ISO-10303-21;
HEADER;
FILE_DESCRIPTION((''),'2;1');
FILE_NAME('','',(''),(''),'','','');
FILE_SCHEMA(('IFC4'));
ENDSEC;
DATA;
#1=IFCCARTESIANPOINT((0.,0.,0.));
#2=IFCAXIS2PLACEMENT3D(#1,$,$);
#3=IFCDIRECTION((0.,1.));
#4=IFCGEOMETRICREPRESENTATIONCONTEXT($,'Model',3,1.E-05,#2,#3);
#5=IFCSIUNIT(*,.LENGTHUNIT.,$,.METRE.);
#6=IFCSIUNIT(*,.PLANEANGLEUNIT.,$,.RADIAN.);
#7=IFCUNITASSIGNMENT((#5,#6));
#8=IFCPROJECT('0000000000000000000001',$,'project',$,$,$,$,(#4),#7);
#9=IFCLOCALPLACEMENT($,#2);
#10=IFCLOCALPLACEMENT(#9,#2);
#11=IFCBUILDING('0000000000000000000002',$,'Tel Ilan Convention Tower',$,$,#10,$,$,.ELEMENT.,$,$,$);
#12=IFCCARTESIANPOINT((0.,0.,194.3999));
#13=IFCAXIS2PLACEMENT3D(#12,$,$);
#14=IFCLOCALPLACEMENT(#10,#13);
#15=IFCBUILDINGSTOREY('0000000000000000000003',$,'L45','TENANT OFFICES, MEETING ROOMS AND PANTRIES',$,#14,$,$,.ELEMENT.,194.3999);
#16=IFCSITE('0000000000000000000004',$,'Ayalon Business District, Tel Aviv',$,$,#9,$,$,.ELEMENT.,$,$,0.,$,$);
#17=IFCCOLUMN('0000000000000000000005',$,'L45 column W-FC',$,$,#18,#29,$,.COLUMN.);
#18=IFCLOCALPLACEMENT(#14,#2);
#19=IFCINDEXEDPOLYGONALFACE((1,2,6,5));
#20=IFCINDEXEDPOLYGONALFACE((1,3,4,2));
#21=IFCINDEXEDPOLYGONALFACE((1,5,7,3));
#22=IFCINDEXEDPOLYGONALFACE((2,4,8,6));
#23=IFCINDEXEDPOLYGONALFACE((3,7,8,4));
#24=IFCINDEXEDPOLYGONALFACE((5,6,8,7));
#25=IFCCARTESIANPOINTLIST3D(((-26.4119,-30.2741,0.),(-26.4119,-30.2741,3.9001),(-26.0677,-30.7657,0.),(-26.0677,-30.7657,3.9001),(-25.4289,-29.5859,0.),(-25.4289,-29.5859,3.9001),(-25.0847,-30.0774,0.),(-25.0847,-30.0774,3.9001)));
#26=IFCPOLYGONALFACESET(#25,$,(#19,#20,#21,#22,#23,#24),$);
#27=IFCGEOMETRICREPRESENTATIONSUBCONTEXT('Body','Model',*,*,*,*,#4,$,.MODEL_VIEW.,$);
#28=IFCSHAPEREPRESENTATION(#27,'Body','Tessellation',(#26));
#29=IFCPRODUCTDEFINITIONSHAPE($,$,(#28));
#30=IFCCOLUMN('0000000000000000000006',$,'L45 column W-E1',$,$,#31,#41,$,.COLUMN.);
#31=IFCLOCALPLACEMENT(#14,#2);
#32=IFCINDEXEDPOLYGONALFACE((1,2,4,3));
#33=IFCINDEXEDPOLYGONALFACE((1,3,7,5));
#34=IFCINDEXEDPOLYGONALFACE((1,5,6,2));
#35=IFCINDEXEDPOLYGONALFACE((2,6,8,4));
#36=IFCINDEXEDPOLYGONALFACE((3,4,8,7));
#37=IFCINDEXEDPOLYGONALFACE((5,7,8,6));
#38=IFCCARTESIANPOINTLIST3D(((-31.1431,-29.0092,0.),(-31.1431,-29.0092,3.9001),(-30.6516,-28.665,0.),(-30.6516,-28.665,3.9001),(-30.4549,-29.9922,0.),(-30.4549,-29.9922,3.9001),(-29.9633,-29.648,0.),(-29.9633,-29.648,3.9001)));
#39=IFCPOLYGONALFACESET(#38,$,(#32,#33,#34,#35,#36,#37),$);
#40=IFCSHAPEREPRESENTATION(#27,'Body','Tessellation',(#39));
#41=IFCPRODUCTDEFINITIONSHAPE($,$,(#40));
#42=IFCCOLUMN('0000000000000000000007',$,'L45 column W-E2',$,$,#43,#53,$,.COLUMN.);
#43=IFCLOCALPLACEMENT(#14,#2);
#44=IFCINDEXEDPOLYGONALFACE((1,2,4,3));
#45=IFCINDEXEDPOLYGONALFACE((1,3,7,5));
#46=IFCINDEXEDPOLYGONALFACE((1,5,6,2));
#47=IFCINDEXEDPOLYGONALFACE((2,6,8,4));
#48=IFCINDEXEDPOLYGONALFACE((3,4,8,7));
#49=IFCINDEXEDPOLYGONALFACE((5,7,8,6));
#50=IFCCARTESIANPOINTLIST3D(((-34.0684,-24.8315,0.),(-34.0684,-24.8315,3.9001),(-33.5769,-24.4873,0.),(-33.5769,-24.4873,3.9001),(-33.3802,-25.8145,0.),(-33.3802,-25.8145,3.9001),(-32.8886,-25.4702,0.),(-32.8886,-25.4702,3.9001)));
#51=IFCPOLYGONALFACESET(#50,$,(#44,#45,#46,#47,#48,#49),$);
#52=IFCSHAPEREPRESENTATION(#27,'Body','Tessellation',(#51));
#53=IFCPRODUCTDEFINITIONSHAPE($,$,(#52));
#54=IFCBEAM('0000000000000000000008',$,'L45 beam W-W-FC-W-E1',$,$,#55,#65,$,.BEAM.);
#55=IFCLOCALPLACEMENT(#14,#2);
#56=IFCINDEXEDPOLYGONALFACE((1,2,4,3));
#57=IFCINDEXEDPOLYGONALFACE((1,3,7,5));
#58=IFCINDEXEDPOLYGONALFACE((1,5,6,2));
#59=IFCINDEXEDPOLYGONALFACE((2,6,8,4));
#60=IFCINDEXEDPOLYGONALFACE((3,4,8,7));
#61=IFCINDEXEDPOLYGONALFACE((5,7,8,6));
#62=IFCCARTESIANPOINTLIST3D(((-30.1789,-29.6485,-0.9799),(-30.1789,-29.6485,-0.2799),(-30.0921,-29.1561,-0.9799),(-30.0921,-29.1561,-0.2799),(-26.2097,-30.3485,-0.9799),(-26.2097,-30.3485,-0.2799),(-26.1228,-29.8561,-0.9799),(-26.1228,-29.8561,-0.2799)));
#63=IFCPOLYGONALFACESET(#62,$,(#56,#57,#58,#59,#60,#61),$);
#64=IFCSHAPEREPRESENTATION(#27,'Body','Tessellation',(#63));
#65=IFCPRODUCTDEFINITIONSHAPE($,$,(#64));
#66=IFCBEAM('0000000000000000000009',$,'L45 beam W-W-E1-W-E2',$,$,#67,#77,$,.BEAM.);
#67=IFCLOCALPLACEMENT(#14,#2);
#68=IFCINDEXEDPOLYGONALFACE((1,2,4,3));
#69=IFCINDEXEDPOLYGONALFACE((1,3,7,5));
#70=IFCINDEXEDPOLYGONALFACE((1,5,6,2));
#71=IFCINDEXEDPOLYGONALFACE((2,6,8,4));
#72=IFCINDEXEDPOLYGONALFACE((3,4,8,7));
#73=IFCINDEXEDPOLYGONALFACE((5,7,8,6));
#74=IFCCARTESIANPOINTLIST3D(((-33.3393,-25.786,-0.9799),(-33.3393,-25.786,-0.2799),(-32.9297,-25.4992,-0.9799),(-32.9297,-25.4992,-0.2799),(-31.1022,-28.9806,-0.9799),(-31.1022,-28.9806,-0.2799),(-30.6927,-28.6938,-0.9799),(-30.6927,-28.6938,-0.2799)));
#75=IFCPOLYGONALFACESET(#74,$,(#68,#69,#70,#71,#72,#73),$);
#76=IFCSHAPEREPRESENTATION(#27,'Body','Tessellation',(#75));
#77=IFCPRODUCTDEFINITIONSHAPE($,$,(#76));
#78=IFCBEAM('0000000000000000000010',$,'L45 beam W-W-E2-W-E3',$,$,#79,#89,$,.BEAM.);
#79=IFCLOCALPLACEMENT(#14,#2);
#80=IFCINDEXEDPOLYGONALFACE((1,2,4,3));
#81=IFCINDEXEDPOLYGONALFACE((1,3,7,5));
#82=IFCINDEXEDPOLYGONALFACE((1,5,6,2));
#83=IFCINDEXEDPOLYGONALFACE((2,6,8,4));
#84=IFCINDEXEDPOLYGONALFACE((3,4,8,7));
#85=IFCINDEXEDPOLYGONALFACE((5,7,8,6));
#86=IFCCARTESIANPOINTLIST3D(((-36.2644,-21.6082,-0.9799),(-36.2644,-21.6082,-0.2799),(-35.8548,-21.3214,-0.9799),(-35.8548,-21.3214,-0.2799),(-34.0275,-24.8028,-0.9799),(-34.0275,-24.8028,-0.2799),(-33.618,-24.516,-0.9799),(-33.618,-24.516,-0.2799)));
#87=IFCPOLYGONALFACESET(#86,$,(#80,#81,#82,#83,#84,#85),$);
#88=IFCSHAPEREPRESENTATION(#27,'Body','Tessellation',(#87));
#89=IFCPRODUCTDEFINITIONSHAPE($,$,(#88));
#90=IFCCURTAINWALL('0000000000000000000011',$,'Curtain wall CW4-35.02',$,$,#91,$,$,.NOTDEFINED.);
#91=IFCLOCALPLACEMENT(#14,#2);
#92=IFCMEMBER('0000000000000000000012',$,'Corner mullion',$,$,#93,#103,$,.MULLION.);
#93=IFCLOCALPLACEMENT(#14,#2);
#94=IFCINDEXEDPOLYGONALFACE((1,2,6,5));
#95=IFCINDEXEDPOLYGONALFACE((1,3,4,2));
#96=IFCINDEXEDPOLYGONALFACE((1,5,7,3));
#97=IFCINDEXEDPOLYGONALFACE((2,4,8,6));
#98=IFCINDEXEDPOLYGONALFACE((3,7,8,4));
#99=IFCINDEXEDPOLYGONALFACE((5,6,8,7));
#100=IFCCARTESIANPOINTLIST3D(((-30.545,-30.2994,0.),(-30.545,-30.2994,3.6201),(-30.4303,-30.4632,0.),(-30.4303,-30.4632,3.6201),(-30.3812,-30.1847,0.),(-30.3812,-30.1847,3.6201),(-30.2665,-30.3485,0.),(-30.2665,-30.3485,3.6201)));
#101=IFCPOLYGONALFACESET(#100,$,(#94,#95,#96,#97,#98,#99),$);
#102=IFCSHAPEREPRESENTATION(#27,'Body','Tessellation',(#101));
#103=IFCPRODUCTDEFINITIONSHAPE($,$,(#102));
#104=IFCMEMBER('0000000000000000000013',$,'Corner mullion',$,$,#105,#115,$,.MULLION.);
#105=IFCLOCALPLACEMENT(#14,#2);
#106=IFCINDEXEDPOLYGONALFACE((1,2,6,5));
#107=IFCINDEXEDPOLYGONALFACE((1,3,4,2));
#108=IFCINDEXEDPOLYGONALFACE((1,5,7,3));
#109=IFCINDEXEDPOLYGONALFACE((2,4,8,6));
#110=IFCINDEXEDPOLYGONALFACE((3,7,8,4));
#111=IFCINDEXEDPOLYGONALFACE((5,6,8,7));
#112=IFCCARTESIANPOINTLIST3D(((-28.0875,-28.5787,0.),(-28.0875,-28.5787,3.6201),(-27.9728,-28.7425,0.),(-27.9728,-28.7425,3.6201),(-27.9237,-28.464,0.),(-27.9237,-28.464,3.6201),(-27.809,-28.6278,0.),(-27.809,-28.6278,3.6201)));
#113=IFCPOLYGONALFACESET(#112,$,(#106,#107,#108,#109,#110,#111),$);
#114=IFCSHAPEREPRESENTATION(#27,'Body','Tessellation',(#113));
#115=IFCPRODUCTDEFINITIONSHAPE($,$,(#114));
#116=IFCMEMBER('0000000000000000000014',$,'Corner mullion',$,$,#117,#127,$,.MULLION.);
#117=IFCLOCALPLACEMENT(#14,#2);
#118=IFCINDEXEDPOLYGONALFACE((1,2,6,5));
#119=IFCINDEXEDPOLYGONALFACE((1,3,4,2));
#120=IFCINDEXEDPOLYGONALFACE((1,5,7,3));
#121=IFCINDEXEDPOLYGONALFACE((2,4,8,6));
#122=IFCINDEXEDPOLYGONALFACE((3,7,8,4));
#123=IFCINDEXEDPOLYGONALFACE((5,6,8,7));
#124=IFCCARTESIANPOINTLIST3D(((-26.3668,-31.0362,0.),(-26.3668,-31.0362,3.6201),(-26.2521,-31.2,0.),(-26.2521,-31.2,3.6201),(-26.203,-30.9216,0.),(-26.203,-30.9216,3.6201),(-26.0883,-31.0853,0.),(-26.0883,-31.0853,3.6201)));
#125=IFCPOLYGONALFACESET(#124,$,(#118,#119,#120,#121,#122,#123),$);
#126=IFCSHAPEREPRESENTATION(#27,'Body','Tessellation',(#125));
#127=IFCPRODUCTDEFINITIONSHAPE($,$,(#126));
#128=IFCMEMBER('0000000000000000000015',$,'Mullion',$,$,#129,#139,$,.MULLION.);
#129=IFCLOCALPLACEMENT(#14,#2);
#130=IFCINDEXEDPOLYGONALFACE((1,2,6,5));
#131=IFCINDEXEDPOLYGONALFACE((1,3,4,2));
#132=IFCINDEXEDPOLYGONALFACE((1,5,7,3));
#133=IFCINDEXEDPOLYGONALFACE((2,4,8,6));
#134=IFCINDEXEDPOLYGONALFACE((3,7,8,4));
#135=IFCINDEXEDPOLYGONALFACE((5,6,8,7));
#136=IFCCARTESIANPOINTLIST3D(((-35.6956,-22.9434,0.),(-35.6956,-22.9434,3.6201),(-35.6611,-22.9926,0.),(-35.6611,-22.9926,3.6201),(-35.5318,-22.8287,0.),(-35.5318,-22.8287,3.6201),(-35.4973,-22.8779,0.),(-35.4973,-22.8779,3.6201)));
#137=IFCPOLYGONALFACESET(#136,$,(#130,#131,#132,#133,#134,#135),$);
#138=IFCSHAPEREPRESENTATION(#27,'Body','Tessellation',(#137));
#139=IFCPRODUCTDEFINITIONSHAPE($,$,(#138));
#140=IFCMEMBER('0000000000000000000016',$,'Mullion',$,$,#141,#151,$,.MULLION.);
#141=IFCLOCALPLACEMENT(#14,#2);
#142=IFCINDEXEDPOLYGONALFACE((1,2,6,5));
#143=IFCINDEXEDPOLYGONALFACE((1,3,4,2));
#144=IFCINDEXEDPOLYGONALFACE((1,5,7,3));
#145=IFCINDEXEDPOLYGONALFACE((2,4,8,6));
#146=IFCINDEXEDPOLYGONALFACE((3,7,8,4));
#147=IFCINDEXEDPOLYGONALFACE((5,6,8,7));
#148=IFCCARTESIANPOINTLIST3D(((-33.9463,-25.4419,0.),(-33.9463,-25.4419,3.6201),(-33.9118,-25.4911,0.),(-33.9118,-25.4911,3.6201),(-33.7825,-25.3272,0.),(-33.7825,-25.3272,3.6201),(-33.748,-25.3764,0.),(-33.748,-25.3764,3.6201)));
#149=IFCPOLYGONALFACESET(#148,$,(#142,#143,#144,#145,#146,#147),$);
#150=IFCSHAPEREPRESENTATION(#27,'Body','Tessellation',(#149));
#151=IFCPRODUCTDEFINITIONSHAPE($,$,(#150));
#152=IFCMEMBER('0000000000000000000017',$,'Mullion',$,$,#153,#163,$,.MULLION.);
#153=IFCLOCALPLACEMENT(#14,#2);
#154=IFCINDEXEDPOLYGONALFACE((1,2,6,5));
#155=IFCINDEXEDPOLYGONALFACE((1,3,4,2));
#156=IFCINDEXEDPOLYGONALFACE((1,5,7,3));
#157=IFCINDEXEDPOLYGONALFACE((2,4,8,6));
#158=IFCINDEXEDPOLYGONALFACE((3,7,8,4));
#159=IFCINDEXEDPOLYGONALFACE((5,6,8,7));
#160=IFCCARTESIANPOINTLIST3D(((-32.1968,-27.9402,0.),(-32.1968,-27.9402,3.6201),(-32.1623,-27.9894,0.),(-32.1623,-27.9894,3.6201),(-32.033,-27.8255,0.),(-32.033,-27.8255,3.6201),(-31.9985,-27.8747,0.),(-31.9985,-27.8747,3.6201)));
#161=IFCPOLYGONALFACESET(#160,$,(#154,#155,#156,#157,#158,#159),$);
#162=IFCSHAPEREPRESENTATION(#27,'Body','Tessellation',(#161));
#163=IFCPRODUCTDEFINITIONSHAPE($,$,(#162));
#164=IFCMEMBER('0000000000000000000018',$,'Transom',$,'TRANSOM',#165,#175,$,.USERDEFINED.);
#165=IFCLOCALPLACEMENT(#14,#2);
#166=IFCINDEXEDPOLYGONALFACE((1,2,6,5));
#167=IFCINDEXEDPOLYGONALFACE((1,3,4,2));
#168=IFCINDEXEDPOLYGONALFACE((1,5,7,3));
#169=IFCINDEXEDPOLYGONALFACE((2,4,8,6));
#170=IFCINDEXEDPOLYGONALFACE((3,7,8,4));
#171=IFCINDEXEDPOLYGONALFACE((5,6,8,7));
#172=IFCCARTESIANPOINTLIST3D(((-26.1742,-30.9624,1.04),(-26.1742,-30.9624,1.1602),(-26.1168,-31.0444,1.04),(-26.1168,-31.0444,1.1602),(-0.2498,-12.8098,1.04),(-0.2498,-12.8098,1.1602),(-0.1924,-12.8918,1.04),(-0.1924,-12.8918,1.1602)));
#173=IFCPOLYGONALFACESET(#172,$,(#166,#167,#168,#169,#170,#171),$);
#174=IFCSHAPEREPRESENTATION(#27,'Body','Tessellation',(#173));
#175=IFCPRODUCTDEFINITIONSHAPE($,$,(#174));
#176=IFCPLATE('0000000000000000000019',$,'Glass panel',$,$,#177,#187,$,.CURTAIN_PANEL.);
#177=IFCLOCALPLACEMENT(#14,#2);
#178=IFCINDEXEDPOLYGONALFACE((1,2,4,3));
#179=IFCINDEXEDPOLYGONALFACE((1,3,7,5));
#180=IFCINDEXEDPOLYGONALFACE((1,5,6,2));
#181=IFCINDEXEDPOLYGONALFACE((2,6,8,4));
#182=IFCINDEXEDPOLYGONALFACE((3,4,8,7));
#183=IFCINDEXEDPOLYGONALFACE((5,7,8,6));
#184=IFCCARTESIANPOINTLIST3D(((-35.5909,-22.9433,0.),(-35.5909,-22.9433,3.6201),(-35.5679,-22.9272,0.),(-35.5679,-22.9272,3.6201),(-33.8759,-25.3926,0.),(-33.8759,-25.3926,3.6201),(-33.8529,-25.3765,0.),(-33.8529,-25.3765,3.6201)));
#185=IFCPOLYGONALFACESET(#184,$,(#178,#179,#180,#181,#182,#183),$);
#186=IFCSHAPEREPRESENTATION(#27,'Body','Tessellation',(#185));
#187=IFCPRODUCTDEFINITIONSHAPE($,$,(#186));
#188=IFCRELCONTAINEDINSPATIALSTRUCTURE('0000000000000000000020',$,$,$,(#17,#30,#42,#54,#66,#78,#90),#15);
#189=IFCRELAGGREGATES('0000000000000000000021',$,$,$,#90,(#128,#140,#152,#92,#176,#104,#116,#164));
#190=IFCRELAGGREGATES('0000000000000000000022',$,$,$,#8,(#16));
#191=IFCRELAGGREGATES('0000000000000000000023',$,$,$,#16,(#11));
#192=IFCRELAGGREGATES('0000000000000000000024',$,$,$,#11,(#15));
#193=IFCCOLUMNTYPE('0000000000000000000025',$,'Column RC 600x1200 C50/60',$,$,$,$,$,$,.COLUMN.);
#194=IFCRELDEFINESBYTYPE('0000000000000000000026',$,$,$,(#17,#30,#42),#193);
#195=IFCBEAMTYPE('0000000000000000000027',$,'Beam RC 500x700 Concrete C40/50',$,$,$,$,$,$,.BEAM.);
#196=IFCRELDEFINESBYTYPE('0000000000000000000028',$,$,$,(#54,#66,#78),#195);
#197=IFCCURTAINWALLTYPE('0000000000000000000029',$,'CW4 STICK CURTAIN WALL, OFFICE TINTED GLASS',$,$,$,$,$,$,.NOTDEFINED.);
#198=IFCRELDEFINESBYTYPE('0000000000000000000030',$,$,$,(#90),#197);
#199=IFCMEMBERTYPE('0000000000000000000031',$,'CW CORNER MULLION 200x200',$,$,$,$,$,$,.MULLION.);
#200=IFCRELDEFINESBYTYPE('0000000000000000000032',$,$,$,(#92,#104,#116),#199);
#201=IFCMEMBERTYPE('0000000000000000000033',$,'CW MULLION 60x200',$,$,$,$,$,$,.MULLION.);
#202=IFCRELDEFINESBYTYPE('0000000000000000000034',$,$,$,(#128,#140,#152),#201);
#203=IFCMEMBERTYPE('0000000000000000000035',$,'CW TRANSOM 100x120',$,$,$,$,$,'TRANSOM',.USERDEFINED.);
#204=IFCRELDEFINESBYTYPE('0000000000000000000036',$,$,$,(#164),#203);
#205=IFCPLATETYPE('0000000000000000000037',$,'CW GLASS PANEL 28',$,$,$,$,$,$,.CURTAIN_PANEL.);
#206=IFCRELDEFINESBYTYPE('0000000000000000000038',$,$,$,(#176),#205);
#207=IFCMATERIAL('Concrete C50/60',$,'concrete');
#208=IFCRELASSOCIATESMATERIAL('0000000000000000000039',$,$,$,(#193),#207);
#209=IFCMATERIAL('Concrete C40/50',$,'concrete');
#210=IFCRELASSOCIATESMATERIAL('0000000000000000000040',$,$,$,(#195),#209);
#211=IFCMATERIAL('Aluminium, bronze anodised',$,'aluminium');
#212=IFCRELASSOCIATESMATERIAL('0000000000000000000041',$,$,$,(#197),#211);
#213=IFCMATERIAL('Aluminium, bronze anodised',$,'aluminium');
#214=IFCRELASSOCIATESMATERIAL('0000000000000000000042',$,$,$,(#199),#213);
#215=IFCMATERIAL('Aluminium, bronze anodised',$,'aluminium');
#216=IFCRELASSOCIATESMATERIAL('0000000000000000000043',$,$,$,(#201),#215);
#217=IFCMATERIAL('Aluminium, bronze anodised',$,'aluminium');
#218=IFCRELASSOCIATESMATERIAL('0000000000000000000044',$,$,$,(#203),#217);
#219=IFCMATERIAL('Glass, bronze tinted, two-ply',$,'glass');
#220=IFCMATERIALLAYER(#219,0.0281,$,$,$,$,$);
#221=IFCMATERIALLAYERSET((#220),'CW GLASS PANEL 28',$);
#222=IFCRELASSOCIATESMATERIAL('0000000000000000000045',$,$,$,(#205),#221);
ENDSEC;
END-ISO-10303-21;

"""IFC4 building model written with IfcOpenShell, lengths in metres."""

from ifc_helpers import new_model, si_unit, direction, frame, origin, origin_2d, place, context, subcontext, project, spatial, rectangle, extrude, material, layer, layer_set, material_profile, profile_set, type_object, element, aggregate, save


model = new_model("IFC4")

# Units and contexts
model_context = context("Model", 3, precision=1e-05, world=origin(), true_north=direction((0.0, 1.0)))
body_context = subcontext(model_context, "Body", "Model", "MODEL_VIEW")
ifc_project = project(units=[si_unit("LENGTHUNIT", "METRE"), si_unit("PLANEANGLEUNIT", "RADIAN")], contexts=[model_context])

# Site, building, storey
site_placement = place(None, origin())
site = spatial("IfcSite", under=ifc_project, at=site_placement, Name="Ayalon Business District, Tel Aviv", CompositionType="ELEMENT", RefElevation=0.0)
building_placement = place(site_placement, origin())
building = spatial("IfcBuilding", under=site, at=building_placement, Name="Tel Ilan Convention Tower", CompositionType="ELEMENT")
storey_placement = place(building_placement, frame((0.0, 0.0, 194.3999)))
storey = spatial("IfcBuildingStorey", under=building, at=storey_placement, Name="L45", Description="TENANT OFFICES, MEETING ROOMS AND PANTRIES", CompositionType="ELEMENT", Elevation=194.3999)

# Columns
ifc_material_1 = material(Name="Concrete C50/60", Category="concrete")
ifc_material_profile_1 = material_profile(ifc_material_1, rectangle(XDim=1.2, YDim=0.6001, at=origin_2d()), Name="RC 600x1200")
ifc_profile_set_1 = profile_set([ifc_material_profile_1], Name="Concrete C50/60")
column_type = type_object("IfcColumnType", Name="Column RC 600x1200 C50/60", PredefinedType="COLUMN", material=ifc_profile_set_1)
for number, where, z_axis, x_axis, name in (
    (1, (-25.7483, -30.1758, 0.0), (0.0, 0.0, 1.0), (-0.819152, -0.573576, 0.0), "L45 column W-FC"),
    (2, (-30.5532, -29.3286, 0.0), (0.0, 0.0, 1.0), (-0.573576, 0.819152, 0.0), "L45 column W-E1"),
    (3, (-33.4785, -25.1509, 0.0), (0.0, 0.0, 1.0), (-0.573576, 0.819152, 0.0), "L45 column W-E2"),
):
    element("IfcColumn", number, at=place(storey_placement, frame(where, z_axis=z_axis, x_axis=x_axis)), inside=storey, type_object=column_type, Name=name, PredefinedType="COLUMN", context=body_context, shape_type="SweptSolid", body=[
        extrude(rectangle(XDim=1.2, YDim=0.6001, at=origin_2d()), origin(), (0.0, 0.0, 1.0), 3.9001),
    ])

# Beams
ifc_material_2 = material(Name="Concrete C40/50", Category="concrete")
ifc_material_profile_2 = material_profile(ifc_material_2, rectangle(XDim=0.5, YDim=0.7, at=origin_2d()), Name="RC 500x700")
ifc_profile_set_2 = profile_set([ifc_material_profile_2], Name="Concrete C40/50")
beam_type = type_object("IfcBeamType", Name="Beam RC 500x700 Concrete C40/50", PredefinedType="BEAM", material=ifc_profile_set_2)
beam_placement = place(storey_placement, frame((-26.1663, -30.1023, -0.6299), z_axis=(-0.984805, 0.173664, 0.0), x_axis=(-0.173664, -0.984805, 0.0)))
element("IfcBeam", 4, at=beam_placement, inside=storey, type_object=beam_type, Name="L45 beam W-W-FC-W-E1", PredefinedType="BEAM", context=body_context, shape_type="SweptSolid", body=[
    extrude(rectangle(XDim=0.5, YDim=0.7, at=origin_2d()), origin(), (0.0, 0.0, 1.0), 4.0305),
])
for number, where, z_axis, x_axis, name in (
    (5, (-30.8975, -28.8372, -0.6299), (-0.573609, 0.819129, 0.0), (-0.819129, -0.573609, 0.0), "L45 beam W-W-E1-W-E2"),
    (6, (-33.8228, -24.6594, -0.6299), (-0.573567, 0.819158, 0.0), (-0.819158, -0.573567, 0.0), "L45 beam W-W-E2-W-E3"),
):
    element("IfcBeam", number, at=place(storey_placement, frame(where, z_axis=z_axis, x_axis=x_axis)), inside=storey, type_object=beam_type, Name=name, PredefinedType="BEAM", context=body_context, shape_type="SweptSolid", body=[
        extrude(rectangle(XDim=0.5, YDim=0.7, at=origin_2d()), origin(), (0.0, 0.0, 1.0), 3.8999),
    ])

# Curtain wall, members, plate
ifc_material_3 = material(Name="Aluminium, bronze anodised", Category="aluminium")
curtain_wall_type = type_object("IfcCurtainWallType", Name="CW4 STICK CURTAIN WALL, OFFICE TINTED GLASS", PredefinedType="NOTDEFINED", material=ifc_material_3)
curtain_wall_placement = place(storey_placement, origin())
curtain_wall = element("IfcCurtainWall", 7, at=curtain_wall_placement, inside=storey, type_object=curtain_wall_type, Name="Curtain wall CW4-35.02", PredefinedType="NOTDEFINED")
ifc_material_4 = material(Name="Aluminium, bronze anodised", Category="aluminium")
ifc_material_profile_3 = material_profile(ifc_material_4, rectangle(XDim=0.2, YDim=0.2, at=origin_2d()), Name="CW CORNER MULLION 200x200")
ifc_profile_set_3 = profile_set([ifc_material_profile_3], Name="Aluminium, bronze anodised")
member_type_1 = type_object("IfcMemberType", Name="CW CORNER MULLION 200x200", PredefinedType="MULLION", material=ifc_profile_set_3)
member_1_placement = place(storey_placement, frame((-30.4058, -30.324, 0.0), z_axis=(0.0, 0.0, 1.0), x_axis=(0.573576, -0.819152, 0.0)))
member_1 = element("IfcMember", 8, at=member_1_placement, type_object=member_type_1, Name="Corner mullion", PredefinedType="MULLION", context=body_context, shape_type="SweptSolid", body=[
    extrude(rectangle(XDim=0.2, YDim=0.2, at=origin_2d()), origin(), (0.0, 0.0, 1.0), 3.6201),
])
member_2_placement = place(storey_placement, frame((-27.9482, -28.6033, 0.0), z_axis=(0.0, 0.0, 1.0), x_axis=(0.819152, 0.573576, 0.0)))
member_2 = element("IfcMember", 9, at=member_2_placement, type_object=member_type_1, Name="Corner mullion", PredefinedType="MULLION", context=body_context, shape_type="SweptSolid", body=[
    extrude(rectangle(XDim=0.2, YDim=0.2, at=origin_2d()), origin(), (0.0, 0.0, 1.0), 3.6201),
])
member_3_placement = place(storey_placement, frame((-26.2275, -31.0608, 0.0), z_axis=(0.0, 0.0, 1.0), x_axis=(0.573576, -0.819152, 0.0)))
member_3 = element("IfcMember", 10, at=member_3_placement, type_object=member_type_1, Name="Corner mullion", PredefinedType="MULLION", context=body_context, shape_type="SweptSolid", body=[
    extrude(rectangle(XDim=0.2, YDim=0.2, at=origin_2d()), origin(), (0.0, 0.0, 1.0), 3.6201),
])
ifc_material_5 = material(Name="Aluminium, bronze anodised", Category="aluminium")
ifc_material_profile_4 = material_profile(ifc_material_5, rectangle(XDim=0.0601, YDim=0.2, at=origin_2d()), Name="CW MULLION 60x200")
ifc_profile_set_4 = profile_set([ifc_material_profile_4], Name="Aluminium, bronze anodised")
member_type_2 = type_object("IfcMemberType", Name="CW MULLION 60x200", PredefinedType="MULLION", material=ifc_profile_set_4)
member_4_placement = place(storey_placement, frame((-35.5964, -22.9106, 0.0), z_axis=(0.0, 0.0, 1.0), x_axis=(0.573576, -0.819152, 0.0)))
member_4 = element("IfcMember", 11, at=member_4_placement, type_object=member_type_2, Name="Mullion", PredefinedType="MULLION", context=body_context, shape_type="SweptSolid", body=[
    extrude(rectangle(XDim=0.0601, YDim=0.2, at=origin_2d()), origin(), (0.0, 0.0, 1.0), 3.6201),
])
member_5_placement = place(storey_placement, frame((-33.8472, -25.4092, 0.0), z_axis=(0.0, 0.0, 1.0), x_axis=(0.573576, -0.819152, 0.0)))
member_5 = element("IfcMember", 12, at=member_5_placement, type_object=member_type_2, Name="Mullion", PredefinedType="MULLION", context=body_context, shape_type="SweptSolid", body=[
    extrude(rectangle(XDim=0.0601, YDim=0.2, at=origin_2d()), origin(), (0.0, 0.0, 1.0), 3.6201),
])
member_6_placement = place(storey_placement, frame((-32.0977, -27.9075, 0.0), z_axis=(0.0, 0.0, 1.0), x_axis=(0.573576, -0.819152, 0.0)))
member_6 = element("IfcMember", 13, at=member_6_placement, type_object=member_type_2, Name="Mullion", PredefinedType="MULLION", context=body_context, shape_type="SweptSolid", body=[
    extrude(rectangle(XDim=0.0601, YDim=0.2, at=origin_2d()), origin(), (0.0, 0.0, 1.0), 3.6201),
])
ifc_material_6 = material(Name="Aluminium, bronze anodised", Category="aluminium")
ifc_material_profile_5 = material_profile(ifc_material_6, rectangle(XDim=0.1001, YDim=0.1201, at=origin_2d()), Name="CW TRANSOM 100x120")
ifc_profile_set_5 = profile_set([ifc_material_profile_5], Name="Aluminium, bronze anodised")
member_type_3 = type_object("IfcMemberType", Name="CW TRANSOM 100x120", ElementType="TRANSOM", PredefinedType="USERDEFINED", material=ifc_profile_set_5)
member_7_placement = place(storey_placement, frame((-26.1455, -31.0034, 1.1001), z_axis=(0.819149, 0.57358, 0.0), x_axis=(-0.57358, 0.819149, 0.0)))
member_7 = element("IfcMember", 14, at=member_7_placement, type_object=member_type_3, Name="Transom", ObjectType="TRANSOM", PredefinedType="USERDEFINED", context=body_context, shape_type="SweptSolid", body=[
    extrude(rectangle(XDim=0.1001, YDim=0.1201, at=origin_2d()), origin(), (0.0, 0.0, 1.0), 31.6479),
])
ifc_material_7 = material(Name="Glass, bronze tinted, two-ply", Category="glass")
ifc_layer_1 = layer(ifc_material_7, 0.0281)
ifc_layer_set_1 = layer_set([ifc_layer_1], Name="CW GLASS PANEL 28")
plate_type = type_object("IfcPlateType", Name="CW GLASS PANEL 28", PredefinedType="CURTAIN_PANEL", material=ifc_layer_set_1)
plate_1_placement = place(storey_placement, frame((-34.7219, -24.1599, 0.0), z_axis=(0.0, 0.0, 1.0), x_axis=(0.573576, -0.819152, 0.0)))
plate_1 = element("IfcPlate", 15, at=plate_1_placement, type_object=plate_type, Name="Glass panel", PredefinedType="CURTAIN_PANEL", context=body_context, shape_type="SweptSolid", body=[
    extrude(rectangle(XDim=2.99, YDim=0.0281, at=origin_2d()), origin(), (0.0, 0.0, 1.0), 3.6201),
])
aggregate(curtain_wall, [member_4, member_5, member_6, member_1, plate_1, member_2, member_3, member_7])

save(model, "model.ifc")
